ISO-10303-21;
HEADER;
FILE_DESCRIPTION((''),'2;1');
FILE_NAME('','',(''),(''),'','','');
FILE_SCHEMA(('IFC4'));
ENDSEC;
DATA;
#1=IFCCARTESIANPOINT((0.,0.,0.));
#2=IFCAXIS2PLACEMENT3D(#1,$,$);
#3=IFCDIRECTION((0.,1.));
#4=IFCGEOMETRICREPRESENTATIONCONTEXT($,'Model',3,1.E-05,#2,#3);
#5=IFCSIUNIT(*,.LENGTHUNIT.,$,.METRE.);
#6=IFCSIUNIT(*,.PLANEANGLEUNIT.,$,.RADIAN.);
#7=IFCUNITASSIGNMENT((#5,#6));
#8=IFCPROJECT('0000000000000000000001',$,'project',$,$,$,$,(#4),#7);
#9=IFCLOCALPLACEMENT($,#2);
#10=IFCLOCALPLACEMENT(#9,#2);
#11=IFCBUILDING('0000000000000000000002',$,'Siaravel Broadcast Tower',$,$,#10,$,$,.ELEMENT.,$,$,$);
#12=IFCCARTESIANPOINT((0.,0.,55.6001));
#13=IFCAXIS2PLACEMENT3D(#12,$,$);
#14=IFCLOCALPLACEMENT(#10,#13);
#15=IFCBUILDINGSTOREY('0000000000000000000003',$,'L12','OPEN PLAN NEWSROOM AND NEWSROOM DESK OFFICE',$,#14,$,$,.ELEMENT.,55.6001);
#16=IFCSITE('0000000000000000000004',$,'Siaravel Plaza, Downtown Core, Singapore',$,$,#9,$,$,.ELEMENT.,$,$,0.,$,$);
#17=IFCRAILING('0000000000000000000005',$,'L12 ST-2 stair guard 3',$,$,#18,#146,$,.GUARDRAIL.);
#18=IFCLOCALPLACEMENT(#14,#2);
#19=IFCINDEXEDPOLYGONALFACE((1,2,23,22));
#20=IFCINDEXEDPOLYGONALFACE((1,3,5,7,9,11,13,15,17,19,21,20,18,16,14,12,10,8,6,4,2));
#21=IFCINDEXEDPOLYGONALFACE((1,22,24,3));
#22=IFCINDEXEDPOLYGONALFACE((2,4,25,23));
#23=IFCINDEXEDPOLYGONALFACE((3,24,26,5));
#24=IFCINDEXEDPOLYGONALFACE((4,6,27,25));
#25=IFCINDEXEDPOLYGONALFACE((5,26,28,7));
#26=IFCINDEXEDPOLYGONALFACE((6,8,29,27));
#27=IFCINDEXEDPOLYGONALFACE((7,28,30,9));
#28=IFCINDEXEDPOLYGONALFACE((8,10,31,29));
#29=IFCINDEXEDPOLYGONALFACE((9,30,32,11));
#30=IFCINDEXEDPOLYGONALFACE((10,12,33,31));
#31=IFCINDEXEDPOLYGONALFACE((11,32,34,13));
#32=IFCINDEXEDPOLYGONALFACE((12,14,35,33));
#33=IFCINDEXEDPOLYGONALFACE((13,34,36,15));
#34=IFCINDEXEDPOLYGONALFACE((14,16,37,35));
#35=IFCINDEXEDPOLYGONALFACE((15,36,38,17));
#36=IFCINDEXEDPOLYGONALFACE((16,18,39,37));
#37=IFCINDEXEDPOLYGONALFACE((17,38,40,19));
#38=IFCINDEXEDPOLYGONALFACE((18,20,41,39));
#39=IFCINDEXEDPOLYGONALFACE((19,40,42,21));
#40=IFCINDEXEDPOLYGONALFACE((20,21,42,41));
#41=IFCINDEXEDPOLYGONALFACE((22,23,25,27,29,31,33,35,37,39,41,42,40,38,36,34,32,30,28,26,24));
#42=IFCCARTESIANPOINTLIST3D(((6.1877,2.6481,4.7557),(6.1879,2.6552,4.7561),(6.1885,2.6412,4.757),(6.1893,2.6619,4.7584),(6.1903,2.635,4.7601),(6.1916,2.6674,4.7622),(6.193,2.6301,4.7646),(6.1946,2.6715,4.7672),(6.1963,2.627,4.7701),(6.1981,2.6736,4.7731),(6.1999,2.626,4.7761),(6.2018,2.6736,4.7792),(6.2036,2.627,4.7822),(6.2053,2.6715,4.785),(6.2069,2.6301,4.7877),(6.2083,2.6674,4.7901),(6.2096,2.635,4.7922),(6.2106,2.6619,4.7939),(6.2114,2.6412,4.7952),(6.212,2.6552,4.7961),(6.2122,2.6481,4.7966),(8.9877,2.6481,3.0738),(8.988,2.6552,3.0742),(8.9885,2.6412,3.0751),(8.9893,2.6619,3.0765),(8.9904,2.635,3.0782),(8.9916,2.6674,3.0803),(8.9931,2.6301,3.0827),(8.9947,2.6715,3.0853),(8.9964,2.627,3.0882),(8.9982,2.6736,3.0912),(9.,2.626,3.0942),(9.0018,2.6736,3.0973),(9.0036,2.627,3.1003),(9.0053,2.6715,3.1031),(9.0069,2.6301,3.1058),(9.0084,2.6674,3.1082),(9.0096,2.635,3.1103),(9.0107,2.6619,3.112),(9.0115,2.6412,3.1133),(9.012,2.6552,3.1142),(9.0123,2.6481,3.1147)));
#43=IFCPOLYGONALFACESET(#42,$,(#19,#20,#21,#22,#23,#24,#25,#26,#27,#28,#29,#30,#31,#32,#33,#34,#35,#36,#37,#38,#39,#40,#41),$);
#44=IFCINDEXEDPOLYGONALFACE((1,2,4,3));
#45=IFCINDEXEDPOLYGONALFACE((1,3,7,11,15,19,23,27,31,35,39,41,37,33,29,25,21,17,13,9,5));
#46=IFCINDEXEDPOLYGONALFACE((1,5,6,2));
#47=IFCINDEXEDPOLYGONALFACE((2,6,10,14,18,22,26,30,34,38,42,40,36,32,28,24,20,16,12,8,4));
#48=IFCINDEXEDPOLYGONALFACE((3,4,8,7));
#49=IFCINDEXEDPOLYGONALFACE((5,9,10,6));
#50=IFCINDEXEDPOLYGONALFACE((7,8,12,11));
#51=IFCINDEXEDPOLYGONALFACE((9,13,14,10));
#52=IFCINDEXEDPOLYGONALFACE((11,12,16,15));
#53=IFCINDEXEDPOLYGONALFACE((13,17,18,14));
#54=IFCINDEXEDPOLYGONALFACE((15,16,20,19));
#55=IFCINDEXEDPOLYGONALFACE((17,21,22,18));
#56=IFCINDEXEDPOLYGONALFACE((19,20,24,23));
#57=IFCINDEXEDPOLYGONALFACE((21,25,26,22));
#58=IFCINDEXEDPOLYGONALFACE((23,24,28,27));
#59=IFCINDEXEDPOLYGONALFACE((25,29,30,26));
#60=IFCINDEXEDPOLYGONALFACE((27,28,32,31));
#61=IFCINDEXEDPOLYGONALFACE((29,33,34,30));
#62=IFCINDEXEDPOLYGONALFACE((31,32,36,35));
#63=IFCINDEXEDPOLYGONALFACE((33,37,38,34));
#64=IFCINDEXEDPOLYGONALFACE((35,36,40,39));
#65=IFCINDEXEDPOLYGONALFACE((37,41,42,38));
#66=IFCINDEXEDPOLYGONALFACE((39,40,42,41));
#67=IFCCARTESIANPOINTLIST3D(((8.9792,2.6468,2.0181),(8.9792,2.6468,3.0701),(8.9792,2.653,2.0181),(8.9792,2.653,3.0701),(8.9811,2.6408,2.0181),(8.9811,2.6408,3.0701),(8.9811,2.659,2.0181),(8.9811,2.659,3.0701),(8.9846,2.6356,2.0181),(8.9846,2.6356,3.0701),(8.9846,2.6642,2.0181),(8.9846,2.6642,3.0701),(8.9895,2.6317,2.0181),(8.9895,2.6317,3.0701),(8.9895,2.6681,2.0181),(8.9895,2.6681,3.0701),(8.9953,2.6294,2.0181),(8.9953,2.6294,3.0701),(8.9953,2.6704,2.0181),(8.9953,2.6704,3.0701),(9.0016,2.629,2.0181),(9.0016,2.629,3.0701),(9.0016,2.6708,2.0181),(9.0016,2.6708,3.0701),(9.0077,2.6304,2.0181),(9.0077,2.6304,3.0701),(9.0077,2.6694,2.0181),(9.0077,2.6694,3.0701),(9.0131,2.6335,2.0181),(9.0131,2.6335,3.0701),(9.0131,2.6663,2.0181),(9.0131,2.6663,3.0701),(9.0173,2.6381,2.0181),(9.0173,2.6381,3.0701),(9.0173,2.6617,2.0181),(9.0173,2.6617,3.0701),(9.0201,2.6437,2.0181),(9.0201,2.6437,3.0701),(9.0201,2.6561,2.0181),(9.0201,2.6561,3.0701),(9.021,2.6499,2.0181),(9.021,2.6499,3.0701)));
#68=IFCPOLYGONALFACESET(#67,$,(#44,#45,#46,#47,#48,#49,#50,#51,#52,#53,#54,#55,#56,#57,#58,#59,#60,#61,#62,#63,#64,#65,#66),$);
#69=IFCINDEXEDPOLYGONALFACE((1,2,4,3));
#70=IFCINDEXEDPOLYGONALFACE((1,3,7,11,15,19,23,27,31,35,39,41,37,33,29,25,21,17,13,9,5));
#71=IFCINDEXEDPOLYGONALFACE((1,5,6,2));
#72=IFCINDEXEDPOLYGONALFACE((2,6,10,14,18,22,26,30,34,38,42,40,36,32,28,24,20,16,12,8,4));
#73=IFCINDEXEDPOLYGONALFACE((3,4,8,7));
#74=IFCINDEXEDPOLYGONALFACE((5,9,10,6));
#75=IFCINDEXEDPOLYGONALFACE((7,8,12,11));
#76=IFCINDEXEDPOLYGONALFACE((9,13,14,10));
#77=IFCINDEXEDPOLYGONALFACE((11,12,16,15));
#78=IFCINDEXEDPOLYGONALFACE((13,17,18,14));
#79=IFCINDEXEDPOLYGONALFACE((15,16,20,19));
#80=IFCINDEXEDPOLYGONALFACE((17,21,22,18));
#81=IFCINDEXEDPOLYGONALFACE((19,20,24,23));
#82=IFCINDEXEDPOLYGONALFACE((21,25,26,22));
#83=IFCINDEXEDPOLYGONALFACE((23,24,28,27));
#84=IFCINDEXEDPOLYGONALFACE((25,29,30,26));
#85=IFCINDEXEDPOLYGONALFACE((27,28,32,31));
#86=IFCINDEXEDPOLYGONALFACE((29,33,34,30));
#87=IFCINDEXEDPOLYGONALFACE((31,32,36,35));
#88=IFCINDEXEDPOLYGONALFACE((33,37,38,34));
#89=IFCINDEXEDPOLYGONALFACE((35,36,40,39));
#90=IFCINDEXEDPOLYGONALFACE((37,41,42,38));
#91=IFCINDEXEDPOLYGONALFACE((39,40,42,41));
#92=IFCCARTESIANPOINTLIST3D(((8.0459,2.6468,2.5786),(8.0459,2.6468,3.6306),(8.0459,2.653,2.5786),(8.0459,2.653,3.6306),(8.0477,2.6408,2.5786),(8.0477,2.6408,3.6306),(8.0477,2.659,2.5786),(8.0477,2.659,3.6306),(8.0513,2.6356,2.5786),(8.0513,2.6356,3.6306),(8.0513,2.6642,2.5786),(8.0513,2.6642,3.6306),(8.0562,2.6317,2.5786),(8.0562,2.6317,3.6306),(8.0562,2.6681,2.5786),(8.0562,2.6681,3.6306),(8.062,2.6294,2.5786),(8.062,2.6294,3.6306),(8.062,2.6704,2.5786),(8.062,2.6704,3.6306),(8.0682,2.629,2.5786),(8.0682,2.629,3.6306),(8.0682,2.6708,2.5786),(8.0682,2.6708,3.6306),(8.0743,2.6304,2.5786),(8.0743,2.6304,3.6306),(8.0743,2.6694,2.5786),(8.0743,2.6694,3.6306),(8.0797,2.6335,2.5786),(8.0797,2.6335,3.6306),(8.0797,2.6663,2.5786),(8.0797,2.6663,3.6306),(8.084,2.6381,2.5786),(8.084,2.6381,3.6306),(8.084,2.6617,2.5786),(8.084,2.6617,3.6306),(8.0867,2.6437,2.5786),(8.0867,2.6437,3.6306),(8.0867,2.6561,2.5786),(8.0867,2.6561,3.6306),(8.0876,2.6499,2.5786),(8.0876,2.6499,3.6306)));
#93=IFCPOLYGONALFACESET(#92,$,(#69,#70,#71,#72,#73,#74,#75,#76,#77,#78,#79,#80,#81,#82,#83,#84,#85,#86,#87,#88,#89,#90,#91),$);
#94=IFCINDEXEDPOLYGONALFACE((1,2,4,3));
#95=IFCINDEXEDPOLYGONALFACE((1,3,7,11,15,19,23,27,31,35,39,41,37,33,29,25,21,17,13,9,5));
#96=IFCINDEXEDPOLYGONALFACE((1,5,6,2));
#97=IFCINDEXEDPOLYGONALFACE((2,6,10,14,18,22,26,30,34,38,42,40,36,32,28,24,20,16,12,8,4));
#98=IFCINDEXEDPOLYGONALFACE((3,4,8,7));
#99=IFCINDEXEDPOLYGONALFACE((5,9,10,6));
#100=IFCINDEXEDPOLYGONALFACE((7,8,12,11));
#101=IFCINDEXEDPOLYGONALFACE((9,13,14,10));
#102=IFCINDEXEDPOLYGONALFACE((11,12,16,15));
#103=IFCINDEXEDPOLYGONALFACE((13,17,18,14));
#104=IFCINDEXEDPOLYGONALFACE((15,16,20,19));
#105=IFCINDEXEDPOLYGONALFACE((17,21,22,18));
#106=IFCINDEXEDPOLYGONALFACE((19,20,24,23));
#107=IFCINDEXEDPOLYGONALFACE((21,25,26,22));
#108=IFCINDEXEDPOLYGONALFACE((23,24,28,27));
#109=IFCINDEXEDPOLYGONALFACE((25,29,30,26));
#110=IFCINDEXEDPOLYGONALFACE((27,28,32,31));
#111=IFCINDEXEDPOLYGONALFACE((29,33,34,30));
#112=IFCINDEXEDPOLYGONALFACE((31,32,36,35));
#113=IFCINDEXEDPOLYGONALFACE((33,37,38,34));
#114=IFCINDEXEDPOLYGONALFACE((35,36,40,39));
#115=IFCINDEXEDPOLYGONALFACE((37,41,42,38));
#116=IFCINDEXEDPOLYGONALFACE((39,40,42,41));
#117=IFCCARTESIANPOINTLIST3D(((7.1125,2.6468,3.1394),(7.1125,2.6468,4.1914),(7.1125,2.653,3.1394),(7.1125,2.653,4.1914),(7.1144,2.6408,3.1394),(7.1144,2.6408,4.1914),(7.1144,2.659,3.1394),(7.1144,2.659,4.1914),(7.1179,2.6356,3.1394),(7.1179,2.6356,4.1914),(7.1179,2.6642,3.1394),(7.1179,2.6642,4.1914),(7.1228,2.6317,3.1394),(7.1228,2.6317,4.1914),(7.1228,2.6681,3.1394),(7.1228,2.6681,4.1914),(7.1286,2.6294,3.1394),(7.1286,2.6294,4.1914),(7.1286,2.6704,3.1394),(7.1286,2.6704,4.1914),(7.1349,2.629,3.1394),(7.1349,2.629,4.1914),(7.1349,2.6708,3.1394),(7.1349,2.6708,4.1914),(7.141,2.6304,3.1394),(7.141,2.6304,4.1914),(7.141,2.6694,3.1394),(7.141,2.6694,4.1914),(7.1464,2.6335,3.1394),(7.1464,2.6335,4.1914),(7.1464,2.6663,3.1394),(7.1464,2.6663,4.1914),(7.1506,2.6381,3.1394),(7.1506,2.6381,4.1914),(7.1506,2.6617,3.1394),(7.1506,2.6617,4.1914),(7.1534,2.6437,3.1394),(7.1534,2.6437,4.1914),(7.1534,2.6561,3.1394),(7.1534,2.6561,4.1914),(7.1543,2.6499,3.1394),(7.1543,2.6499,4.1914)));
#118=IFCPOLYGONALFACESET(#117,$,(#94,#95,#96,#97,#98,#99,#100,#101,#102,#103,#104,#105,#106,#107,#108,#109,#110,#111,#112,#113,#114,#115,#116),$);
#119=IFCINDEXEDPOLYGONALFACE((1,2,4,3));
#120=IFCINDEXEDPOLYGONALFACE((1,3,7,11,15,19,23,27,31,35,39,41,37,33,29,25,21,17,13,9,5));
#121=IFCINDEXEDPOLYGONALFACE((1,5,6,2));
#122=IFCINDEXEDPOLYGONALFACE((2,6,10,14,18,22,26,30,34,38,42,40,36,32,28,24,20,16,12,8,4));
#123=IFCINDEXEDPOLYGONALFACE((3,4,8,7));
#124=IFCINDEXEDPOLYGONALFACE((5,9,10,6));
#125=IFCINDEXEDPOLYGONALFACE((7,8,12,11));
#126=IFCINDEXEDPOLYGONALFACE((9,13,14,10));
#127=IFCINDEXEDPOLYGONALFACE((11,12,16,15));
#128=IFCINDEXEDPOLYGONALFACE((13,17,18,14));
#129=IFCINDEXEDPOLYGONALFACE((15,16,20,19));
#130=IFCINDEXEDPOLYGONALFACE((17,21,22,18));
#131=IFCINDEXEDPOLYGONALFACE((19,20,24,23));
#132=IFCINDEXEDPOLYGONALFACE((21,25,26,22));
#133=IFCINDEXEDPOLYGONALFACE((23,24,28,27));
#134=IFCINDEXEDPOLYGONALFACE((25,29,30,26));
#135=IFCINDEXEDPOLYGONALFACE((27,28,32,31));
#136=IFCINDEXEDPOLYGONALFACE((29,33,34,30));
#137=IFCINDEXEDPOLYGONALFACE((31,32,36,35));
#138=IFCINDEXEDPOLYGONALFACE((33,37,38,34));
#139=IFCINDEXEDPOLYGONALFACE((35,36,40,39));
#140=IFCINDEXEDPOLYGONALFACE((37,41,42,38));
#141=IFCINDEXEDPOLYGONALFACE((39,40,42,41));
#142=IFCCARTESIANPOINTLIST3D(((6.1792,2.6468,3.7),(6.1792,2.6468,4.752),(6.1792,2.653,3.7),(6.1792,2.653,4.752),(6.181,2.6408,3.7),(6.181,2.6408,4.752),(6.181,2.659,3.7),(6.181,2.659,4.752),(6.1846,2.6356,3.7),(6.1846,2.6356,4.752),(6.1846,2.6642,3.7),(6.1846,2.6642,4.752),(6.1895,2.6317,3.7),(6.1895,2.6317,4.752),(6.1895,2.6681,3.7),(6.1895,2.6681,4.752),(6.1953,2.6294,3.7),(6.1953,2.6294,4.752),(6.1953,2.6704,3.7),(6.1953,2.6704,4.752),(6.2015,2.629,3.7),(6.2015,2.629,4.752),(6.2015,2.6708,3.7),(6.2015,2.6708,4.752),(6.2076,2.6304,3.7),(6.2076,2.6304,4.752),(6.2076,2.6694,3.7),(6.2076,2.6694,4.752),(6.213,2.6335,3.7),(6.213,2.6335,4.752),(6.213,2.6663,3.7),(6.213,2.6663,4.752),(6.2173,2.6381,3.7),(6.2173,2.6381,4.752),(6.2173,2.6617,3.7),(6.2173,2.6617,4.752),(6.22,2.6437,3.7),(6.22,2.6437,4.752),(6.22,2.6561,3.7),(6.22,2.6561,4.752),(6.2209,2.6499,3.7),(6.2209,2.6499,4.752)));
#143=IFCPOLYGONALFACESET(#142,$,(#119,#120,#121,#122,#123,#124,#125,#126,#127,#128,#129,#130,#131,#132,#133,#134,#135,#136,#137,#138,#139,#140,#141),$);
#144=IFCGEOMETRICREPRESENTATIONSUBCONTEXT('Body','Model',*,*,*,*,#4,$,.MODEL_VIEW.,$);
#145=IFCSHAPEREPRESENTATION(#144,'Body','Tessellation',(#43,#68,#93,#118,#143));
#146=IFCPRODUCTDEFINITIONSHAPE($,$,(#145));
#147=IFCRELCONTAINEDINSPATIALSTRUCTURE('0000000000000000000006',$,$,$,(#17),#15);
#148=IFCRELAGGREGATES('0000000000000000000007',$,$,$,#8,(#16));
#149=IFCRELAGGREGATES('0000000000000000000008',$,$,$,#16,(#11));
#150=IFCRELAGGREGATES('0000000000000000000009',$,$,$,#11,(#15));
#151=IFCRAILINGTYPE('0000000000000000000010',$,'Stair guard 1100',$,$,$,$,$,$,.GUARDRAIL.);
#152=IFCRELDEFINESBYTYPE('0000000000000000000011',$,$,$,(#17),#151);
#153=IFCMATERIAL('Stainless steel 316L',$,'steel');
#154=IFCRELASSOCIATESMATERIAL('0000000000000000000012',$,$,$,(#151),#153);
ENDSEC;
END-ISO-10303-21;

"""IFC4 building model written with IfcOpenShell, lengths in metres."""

from ifc_helpers import new_model, si_unit, direction, frame, origin, origin_2d, place, context, subcontext, project, spatial, circle, extrude, material, type_object, element, save


model = new_model("IFC4")

# Units and contexts
model_context = context("Model", 3, precision=1e-05, world=origin(), true_north=direction((0.0, 1.0)))
body_context = subcontext(model_context, "Body", "Model", "MODEL_VIEW")
ifc_project = project(units=[si_unit("LENGTHUNIT", "METRE"), si_unit("PLANEANGLEUNIT", "RADIAN")], contexts=[model_context])

# Site, building, storey
site_placement = place(None, origin())
site = spatial("IfcSite", under=ifc_project, at=site_placement, Name="Siaravel Plaza, Downtown Core, Singapore", CompositionType="ELEMENT", RefElevation=0.0)
building_placement = place(site_placement, origin())
building = spatial("IfcBuilding", under=site, at=building_placement, Name="Siaravel Broadcast Tower", CompositionType="ELEMENT")
storey_placement = place(building_placement, frame((0.0, 0.0, 55.6001)))
storey = spatial("IfcBuildingStorey", under=building, at=storey_placement, Name="L12", Description="OPEN PLAN NEWSROOM AND NEWSROOM DESK OFFICE", CompositionType="ELEMENT", Elevation=55.6001)

# Railing
ifc_material_1 = material(Name="Stainless steel 316L", Category="steel")
railing_type_1 = type_object("IfcRailingType", Name="Stair guard 1100", PredefinedType="GUARDRAIL", material=ifc_material_1)
railing_1_placement = place(storey_placement, frame((9.0, 2.6499, 2.0181)))
element("IfcRailing", 1, at=railing_1_placement, inside=storey, type_object=railing_type_1, Name="L12 ST-2 stair guard 3", PredefinedType="GUARDRAIL", context=body_context, shape_type="SweptSolid", body=[
    extrude(circle(Radius=0.0239, at=origin_2d()), frame((0.0, 0.0, 1.0762), z_axis=(-0.857242, 0.0, 0.514913), x_axis=(0.0, -1.0, 0.0)), (0.0, 0.0, 1.0), 3.2664),
    extrude(circle(Radius=0.021, at=origin_2d()), origin(), (0.0, 0.0, 1.0), 1.052),
    extrude(circle(Radius=0.021, at=origin_2d()), frame((-0.9333, 0.0, 0.5605)), (0.0, 0.0, 1.0), 1.052),
    extrude(circle(Radius=0.021, at=origin_2d()), frame((-1.8667, 0.0, 1.1213)), (0.0, 0.0, 1.0), 1.052),
    extrude(circle(Radius=0.021, at=origin_2d()), frame((-2.8, 0.0, 1.6819)), (0.0, 0.0, 1.0), 1.052),
])

save(model, "model.ifc")
